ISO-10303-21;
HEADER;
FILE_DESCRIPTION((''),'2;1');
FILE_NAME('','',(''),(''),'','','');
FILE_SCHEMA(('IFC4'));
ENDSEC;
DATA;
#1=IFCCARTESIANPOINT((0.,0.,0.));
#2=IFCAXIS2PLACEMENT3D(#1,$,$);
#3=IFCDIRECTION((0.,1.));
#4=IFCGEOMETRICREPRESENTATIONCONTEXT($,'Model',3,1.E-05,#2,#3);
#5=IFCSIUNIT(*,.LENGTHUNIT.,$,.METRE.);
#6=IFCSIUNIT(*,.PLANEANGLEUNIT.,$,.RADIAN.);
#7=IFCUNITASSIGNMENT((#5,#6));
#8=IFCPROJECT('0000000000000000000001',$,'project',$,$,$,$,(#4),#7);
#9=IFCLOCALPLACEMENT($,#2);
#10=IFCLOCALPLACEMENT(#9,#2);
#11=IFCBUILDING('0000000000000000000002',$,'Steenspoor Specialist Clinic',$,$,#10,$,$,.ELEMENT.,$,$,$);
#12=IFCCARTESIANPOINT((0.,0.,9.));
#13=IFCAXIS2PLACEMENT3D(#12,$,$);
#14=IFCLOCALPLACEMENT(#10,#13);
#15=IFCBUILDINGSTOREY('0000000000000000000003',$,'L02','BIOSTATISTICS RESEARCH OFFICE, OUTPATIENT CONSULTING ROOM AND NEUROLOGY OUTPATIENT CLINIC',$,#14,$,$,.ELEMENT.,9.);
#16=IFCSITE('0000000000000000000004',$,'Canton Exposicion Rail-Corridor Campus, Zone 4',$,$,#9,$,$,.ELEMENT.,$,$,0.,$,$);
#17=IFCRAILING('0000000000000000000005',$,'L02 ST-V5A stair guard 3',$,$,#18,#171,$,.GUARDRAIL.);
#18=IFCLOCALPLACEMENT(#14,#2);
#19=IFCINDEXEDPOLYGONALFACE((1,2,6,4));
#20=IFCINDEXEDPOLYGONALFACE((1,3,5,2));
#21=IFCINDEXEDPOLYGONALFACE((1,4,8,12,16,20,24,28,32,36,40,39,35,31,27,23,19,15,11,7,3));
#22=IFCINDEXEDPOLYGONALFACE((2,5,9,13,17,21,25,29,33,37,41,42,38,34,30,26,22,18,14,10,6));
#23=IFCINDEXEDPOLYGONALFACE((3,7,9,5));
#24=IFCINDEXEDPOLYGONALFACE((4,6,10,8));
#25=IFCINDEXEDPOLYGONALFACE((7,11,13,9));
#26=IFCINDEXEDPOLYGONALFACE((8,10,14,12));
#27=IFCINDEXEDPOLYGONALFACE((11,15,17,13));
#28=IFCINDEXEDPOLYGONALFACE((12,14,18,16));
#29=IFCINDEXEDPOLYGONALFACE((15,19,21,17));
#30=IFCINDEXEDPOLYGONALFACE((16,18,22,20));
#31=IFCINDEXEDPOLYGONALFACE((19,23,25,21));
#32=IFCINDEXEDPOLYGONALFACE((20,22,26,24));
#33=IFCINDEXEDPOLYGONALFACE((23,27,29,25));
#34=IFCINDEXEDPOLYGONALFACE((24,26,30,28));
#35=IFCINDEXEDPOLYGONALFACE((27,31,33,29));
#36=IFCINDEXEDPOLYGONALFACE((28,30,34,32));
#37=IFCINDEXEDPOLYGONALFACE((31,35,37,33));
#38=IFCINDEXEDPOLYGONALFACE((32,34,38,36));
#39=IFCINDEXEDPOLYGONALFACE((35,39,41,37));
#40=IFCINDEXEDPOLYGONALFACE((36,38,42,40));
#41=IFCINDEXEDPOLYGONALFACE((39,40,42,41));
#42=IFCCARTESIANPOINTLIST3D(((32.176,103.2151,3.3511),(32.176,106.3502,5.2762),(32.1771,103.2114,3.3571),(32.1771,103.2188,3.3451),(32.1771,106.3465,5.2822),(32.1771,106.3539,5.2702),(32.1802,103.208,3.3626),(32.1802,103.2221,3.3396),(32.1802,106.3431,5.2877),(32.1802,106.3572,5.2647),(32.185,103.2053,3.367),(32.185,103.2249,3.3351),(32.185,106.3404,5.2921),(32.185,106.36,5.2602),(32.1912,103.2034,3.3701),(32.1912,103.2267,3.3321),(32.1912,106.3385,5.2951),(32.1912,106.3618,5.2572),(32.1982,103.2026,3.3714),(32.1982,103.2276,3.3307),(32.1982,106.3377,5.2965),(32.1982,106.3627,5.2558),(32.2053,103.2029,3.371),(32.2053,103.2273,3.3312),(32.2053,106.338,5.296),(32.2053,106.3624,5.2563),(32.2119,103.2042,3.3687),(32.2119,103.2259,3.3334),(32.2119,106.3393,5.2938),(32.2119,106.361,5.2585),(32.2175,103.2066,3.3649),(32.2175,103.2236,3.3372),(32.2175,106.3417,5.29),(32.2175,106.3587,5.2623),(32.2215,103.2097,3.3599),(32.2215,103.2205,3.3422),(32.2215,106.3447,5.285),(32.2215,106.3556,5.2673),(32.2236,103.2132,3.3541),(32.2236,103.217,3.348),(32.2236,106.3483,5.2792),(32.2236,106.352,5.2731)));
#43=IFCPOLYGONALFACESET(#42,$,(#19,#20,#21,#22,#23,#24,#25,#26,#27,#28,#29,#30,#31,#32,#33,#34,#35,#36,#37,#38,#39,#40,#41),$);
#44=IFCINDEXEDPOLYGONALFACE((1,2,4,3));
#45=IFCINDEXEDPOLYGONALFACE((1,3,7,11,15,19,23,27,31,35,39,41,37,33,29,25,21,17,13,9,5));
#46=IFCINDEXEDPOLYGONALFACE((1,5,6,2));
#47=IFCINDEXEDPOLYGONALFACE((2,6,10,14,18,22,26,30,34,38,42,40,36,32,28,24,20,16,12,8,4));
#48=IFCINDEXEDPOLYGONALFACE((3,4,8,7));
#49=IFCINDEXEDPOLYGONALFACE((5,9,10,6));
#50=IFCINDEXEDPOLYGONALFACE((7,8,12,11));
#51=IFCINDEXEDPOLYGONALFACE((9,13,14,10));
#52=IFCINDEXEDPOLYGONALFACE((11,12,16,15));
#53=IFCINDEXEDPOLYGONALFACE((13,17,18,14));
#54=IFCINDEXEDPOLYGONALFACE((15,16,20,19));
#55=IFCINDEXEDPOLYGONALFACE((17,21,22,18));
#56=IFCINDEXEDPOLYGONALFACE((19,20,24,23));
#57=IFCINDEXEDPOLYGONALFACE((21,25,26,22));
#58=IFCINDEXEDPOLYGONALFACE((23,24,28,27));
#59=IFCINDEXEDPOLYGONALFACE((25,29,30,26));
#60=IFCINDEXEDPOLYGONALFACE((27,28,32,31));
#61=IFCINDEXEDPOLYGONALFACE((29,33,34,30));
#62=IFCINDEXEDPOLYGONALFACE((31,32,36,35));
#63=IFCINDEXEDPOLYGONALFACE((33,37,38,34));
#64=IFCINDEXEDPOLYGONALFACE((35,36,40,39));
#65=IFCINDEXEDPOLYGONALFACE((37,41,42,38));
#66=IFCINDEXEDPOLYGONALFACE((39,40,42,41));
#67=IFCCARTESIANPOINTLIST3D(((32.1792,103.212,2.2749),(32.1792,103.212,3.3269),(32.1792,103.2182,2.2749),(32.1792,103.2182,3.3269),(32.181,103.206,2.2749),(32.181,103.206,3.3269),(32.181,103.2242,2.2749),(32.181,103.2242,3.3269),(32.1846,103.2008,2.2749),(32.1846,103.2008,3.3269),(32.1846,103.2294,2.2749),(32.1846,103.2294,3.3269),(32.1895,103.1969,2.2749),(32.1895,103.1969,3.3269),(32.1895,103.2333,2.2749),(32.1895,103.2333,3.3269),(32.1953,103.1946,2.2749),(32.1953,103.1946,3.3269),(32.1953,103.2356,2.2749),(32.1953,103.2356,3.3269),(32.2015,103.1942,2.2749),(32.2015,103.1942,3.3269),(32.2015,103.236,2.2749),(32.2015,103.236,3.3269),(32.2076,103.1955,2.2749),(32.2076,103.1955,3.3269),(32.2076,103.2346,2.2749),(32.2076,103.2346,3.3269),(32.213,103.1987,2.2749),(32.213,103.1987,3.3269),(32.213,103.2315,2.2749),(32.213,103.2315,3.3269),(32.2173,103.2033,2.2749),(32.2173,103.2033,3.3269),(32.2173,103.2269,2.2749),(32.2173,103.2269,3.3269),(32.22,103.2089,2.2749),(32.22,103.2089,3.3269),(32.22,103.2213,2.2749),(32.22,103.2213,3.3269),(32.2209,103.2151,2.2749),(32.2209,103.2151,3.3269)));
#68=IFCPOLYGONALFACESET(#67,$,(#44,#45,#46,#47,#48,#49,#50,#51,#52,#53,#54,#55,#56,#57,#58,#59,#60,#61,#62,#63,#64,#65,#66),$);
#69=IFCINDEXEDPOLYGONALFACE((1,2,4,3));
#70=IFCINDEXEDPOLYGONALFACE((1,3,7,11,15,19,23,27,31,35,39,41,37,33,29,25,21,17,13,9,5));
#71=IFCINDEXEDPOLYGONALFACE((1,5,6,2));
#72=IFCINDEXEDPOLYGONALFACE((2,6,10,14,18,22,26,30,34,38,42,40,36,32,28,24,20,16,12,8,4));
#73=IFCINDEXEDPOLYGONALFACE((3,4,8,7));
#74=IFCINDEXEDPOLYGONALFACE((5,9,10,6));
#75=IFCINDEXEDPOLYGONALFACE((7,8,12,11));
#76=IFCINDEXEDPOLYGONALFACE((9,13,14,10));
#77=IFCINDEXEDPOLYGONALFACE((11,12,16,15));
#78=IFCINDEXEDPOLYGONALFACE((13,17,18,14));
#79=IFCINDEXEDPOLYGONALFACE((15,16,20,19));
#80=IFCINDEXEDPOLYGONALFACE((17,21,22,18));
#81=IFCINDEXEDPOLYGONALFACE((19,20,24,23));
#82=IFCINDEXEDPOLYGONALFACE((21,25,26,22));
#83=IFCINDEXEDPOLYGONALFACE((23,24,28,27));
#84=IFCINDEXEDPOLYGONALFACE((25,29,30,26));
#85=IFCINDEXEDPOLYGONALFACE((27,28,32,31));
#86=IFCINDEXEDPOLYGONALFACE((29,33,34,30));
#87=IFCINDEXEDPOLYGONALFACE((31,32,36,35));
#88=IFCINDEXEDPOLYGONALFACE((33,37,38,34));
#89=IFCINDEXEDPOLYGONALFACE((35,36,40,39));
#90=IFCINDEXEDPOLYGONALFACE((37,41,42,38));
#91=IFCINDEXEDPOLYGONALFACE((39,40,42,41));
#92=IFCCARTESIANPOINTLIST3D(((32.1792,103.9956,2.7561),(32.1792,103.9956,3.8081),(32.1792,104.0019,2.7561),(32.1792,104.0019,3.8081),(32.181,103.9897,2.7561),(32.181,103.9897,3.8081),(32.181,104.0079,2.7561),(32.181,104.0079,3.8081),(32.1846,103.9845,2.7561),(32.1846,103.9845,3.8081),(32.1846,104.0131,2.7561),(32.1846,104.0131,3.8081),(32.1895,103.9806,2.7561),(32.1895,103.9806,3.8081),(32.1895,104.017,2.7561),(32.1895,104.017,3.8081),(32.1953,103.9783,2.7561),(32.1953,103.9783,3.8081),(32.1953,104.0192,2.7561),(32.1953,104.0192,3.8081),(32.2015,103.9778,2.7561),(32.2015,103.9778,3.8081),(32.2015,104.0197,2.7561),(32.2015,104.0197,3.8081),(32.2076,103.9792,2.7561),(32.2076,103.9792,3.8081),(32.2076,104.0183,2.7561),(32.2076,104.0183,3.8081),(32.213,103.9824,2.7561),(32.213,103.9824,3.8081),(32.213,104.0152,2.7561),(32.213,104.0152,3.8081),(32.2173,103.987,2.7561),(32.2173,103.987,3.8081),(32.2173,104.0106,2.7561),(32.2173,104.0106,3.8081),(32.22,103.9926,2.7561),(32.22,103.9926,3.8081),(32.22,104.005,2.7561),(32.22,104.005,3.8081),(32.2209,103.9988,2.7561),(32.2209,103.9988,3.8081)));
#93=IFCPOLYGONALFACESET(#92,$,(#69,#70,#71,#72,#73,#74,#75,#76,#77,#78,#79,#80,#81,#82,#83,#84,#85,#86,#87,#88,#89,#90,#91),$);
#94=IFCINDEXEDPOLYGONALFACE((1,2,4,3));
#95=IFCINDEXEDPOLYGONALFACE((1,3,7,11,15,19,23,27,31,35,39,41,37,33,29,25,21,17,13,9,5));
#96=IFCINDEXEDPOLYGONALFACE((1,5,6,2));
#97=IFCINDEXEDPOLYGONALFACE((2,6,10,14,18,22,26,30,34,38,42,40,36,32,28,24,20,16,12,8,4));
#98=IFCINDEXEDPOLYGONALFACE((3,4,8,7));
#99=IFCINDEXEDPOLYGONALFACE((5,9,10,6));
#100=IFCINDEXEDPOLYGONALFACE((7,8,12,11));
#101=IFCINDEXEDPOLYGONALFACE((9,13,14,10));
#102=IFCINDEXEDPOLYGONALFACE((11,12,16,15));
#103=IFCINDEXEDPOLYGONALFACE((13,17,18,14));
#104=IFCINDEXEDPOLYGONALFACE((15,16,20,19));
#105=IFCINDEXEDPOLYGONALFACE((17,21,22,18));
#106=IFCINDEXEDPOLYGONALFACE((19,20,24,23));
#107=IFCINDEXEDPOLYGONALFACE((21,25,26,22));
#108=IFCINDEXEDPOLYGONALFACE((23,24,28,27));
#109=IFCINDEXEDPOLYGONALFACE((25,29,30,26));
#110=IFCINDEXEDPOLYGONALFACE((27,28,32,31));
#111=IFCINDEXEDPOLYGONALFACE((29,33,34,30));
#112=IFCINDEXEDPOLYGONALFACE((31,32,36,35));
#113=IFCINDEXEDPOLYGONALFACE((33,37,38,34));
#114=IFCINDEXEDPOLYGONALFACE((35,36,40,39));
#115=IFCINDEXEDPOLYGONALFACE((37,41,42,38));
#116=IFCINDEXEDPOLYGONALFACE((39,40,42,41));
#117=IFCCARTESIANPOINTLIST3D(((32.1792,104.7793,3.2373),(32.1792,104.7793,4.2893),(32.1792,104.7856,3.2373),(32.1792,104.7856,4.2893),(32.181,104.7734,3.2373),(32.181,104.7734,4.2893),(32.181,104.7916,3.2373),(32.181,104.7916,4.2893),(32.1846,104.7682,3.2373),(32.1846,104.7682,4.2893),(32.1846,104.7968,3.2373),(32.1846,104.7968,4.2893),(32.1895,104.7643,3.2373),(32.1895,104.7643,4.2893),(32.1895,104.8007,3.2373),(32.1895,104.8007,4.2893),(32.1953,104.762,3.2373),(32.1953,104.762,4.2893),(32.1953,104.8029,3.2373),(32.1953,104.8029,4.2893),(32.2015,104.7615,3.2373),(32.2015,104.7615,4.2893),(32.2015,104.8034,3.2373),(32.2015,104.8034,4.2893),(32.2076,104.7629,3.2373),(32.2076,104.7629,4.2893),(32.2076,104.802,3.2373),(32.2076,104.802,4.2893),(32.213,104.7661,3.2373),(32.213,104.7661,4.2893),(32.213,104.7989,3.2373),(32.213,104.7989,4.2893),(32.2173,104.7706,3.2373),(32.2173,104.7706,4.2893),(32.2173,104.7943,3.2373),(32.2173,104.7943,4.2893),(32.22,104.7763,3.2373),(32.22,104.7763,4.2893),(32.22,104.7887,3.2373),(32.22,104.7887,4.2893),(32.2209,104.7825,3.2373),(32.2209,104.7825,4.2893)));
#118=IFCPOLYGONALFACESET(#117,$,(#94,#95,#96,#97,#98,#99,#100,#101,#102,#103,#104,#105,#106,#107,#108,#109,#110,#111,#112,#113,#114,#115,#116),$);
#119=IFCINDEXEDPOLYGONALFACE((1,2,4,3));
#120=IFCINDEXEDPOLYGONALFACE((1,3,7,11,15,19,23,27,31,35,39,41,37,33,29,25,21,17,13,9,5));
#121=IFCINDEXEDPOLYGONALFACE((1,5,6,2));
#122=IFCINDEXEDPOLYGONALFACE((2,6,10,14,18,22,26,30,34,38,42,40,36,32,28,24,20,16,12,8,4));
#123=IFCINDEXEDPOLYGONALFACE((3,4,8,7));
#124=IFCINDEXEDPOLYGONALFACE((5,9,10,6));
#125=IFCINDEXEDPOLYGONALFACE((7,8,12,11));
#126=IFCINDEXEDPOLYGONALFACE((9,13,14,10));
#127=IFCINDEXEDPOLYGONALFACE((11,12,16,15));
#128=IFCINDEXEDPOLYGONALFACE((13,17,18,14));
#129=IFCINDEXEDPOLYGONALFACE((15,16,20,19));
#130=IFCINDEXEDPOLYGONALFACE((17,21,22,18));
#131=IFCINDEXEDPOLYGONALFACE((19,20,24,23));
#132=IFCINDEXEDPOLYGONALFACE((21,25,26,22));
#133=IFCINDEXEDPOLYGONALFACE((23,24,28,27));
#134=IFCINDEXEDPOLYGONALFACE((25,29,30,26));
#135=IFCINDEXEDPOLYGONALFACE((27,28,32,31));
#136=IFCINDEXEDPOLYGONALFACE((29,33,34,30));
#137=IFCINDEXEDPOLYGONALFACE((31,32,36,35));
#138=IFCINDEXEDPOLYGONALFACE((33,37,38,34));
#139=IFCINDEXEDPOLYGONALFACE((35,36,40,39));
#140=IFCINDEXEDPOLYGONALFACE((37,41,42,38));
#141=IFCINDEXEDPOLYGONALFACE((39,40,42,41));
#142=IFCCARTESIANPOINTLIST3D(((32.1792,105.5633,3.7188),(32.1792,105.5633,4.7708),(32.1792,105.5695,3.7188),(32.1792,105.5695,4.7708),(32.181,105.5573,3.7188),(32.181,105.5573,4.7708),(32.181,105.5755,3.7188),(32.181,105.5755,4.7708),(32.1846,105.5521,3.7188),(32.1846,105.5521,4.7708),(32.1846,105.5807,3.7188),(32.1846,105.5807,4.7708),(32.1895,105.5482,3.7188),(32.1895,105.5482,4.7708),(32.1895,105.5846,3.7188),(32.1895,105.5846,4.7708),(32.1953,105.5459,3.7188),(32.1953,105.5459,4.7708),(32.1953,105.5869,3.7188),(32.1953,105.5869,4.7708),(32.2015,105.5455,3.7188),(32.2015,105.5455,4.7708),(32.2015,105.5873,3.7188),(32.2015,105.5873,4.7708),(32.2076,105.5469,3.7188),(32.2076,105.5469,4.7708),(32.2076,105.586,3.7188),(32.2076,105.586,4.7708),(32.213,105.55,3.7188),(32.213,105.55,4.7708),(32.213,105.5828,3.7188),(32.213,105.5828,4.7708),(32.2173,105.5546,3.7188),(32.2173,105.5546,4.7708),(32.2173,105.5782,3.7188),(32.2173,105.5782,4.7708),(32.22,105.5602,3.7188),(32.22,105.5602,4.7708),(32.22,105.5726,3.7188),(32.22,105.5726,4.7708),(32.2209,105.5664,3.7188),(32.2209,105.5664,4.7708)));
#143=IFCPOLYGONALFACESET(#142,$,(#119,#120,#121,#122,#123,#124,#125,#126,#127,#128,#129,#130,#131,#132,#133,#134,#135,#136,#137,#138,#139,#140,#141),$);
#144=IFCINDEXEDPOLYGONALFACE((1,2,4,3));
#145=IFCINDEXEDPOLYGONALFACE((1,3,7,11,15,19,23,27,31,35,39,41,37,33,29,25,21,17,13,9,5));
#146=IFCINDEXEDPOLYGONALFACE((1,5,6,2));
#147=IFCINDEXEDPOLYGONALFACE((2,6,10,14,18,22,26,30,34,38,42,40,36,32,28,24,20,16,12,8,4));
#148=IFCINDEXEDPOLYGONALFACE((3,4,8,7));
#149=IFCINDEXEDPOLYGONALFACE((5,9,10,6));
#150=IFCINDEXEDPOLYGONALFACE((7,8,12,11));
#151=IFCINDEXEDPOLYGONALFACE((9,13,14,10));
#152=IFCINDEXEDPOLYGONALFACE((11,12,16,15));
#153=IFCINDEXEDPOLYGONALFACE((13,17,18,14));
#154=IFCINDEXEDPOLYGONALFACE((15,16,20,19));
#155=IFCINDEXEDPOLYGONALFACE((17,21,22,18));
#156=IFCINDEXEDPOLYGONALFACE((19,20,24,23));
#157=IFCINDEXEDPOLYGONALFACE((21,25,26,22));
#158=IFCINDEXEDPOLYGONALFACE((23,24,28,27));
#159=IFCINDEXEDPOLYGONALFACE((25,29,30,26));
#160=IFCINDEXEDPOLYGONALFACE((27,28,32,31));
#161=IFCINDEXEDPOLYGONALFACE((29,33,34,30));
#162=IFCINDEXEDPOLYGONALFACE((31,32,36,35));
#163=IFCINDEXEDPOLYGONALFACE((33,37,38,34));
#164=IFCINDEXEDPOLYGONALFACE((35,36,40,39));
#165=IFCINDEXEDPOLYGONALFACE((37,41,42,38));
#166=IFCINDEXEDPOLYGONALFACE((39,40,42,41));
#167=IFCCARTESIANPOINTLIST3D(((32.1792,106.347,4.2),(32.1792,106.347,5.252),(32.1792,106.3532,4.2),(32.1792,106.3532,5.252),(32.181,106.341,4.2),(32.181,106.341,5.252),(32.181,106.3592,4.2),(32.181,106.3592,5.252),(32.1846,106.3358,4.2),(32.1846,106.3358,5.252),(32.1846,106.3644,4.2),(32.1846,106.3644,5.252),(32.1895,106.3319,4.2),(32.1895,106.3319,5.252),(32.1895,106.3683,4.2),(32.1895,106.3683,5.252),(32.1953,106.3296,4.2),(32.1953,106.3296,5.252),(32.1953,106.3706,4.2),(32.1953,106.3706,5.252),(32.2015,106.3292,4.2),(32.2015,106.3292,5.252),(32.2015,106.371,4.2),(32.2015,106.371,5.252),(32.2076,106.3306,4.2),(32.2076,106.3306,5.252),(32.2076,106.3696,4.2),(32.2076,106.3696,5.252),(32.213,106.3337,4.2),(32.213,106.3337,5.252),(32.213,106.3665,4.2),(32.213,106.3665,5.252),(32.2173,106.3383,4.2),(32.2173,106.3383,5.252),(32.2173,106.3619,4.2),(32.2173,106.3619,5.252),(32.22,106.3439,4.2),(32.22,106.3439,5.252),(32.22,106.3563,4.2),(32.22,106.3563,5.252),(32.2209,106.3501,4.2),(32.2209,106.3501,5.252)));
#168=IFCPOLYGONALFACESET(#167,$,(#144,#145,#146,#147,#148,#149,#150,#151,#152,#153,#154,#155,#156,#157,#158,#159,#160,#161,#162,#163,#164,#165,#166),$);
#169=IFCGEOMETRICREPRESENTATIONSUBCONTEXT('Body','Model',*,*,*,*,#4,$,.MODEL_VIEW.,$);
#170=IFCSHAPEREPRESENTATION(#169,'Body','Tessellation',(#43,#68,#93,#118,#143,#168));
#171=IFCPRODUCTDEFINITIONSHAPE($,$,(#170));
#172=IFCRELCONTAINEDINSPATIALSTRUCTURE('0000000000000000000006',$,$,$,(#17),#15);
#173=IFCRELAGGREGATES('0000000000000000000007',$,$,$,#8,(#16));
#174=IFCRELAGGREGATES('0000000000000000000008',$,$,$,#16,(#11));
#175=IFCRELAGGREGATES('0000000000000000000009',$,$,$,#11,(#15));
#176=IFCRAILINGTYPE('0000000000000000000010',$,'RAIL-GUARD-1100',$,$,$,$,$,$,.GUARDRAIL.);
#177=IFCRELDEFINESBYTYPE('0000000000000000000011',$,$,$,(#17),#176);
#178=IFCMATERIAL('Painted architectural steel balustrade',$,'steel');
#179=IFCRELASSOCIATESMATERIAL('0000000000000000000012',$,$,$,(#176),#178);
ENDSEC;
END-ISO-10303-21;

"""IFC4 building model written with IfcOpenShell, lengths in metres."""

from ifc_helpers import new_model, si_unit, direction, frame, origin, origin_2d, place, context, subcontext, project, spatial, circle, extrude, material, type_object, element, save


model = new_model("IFC4")

# Units and contexts
model_context = context("Model", 3, precision=1e-05, world=origin(), true_north=direction((0.0, 1.0)))
body_context = subcontext(model_context, "Body", "Model", "MODEL_VIEW")
ifc_project = project(units=[si_unit("LENGTHUNIT", "METRE"), si_unit("PLANEANGLEUNIT", "RADIAN")], contexts=[model_context])

# Site, building, storey
site_placement = place(None, origin())
site = spatial("IfcSite", under=ifc_project, at=site_placement, Name="Canton Exposicion Rail-Corridor Campus, Zone 4", CompositionType="ELEMENT", RefElevation=0.0)
building_placement = place(site_placement, origin())
building = spatial("IfcBuilding", under=site, at=building_placement, Name="Steenspoor Specialist Clinic", CompositionType="ELEMENT")
storey_placement = place(building_placement, frame((0.0, 0.0, 9.0)))
storey = spatial("IfcBuildingStorey", under=building, at=storey_placement, Name="L02", Description="BIOSTATISTICS RESEARCH OFFICE, OUTPATIENT CONSULTING ROOM AND NEUROLOGY OUTPATIENT CLINIC", CompositionType="ELEMENT", Elevation=9.0)

# Railing
ifc_material_1 = material(Name="Painted architectural steel balustrade", Category="steel")
railing_type_1 = type_object("IfcRailingType", Name="RAIL-GUARD-1100", PredefinedType="GUARDRAIL", material=ifc_material_1)
railing_1_placement = place(storey_placement, frame((32.2, 103.2151, 2.2749)))
element("IfcRailing", 1, at=railing_1_placement, inside=storey, type_object=railing_type_1, Name="L02 ST-V5A stair guard 3", PredefinedType="GUARDRAIL", context=body_context, shape_type="SweptSolid", body=[
    extrude(circle(Radius=0.0239, at=origin_2d()), frame((0.0, 0.0, 1.0762), z_axis=(0.0, 0.852166, 0.523271), x_axis=(-1.0, 0.0, 0.0)), (0.0, 0.0, 1.0), 3.679),
    extrude(circle(Radius=0.021, at=origin_2d()), origin(), (0.0, 0.0, 1.0), 1.052),
    extrude(circle(Radius=0.021, at=origin_2d()), frame((0.0, 0.7837, 0.4812)), (0.0, 0.0, 1.0), 1.052),
    extrude(circle(Radius=0.021, at=origin_2d()), frame((0.0, 1.5674, 0.9624)), (0.0, 0.0, 1.0), 1.052),
    extrude(circle(Radius=0.021, at=origin_2d()), frame((0.0, 2.3513, 1.4438)), (0.0, 0.0, 1.0), 1.052),
    extrude(circle(Radius=0.021, at=origin_2d()), frame((0.0, 3.135, 1.925)), (0.0, 0.0, 1.0), 1.052),
])

save(model, "model.ifc")
